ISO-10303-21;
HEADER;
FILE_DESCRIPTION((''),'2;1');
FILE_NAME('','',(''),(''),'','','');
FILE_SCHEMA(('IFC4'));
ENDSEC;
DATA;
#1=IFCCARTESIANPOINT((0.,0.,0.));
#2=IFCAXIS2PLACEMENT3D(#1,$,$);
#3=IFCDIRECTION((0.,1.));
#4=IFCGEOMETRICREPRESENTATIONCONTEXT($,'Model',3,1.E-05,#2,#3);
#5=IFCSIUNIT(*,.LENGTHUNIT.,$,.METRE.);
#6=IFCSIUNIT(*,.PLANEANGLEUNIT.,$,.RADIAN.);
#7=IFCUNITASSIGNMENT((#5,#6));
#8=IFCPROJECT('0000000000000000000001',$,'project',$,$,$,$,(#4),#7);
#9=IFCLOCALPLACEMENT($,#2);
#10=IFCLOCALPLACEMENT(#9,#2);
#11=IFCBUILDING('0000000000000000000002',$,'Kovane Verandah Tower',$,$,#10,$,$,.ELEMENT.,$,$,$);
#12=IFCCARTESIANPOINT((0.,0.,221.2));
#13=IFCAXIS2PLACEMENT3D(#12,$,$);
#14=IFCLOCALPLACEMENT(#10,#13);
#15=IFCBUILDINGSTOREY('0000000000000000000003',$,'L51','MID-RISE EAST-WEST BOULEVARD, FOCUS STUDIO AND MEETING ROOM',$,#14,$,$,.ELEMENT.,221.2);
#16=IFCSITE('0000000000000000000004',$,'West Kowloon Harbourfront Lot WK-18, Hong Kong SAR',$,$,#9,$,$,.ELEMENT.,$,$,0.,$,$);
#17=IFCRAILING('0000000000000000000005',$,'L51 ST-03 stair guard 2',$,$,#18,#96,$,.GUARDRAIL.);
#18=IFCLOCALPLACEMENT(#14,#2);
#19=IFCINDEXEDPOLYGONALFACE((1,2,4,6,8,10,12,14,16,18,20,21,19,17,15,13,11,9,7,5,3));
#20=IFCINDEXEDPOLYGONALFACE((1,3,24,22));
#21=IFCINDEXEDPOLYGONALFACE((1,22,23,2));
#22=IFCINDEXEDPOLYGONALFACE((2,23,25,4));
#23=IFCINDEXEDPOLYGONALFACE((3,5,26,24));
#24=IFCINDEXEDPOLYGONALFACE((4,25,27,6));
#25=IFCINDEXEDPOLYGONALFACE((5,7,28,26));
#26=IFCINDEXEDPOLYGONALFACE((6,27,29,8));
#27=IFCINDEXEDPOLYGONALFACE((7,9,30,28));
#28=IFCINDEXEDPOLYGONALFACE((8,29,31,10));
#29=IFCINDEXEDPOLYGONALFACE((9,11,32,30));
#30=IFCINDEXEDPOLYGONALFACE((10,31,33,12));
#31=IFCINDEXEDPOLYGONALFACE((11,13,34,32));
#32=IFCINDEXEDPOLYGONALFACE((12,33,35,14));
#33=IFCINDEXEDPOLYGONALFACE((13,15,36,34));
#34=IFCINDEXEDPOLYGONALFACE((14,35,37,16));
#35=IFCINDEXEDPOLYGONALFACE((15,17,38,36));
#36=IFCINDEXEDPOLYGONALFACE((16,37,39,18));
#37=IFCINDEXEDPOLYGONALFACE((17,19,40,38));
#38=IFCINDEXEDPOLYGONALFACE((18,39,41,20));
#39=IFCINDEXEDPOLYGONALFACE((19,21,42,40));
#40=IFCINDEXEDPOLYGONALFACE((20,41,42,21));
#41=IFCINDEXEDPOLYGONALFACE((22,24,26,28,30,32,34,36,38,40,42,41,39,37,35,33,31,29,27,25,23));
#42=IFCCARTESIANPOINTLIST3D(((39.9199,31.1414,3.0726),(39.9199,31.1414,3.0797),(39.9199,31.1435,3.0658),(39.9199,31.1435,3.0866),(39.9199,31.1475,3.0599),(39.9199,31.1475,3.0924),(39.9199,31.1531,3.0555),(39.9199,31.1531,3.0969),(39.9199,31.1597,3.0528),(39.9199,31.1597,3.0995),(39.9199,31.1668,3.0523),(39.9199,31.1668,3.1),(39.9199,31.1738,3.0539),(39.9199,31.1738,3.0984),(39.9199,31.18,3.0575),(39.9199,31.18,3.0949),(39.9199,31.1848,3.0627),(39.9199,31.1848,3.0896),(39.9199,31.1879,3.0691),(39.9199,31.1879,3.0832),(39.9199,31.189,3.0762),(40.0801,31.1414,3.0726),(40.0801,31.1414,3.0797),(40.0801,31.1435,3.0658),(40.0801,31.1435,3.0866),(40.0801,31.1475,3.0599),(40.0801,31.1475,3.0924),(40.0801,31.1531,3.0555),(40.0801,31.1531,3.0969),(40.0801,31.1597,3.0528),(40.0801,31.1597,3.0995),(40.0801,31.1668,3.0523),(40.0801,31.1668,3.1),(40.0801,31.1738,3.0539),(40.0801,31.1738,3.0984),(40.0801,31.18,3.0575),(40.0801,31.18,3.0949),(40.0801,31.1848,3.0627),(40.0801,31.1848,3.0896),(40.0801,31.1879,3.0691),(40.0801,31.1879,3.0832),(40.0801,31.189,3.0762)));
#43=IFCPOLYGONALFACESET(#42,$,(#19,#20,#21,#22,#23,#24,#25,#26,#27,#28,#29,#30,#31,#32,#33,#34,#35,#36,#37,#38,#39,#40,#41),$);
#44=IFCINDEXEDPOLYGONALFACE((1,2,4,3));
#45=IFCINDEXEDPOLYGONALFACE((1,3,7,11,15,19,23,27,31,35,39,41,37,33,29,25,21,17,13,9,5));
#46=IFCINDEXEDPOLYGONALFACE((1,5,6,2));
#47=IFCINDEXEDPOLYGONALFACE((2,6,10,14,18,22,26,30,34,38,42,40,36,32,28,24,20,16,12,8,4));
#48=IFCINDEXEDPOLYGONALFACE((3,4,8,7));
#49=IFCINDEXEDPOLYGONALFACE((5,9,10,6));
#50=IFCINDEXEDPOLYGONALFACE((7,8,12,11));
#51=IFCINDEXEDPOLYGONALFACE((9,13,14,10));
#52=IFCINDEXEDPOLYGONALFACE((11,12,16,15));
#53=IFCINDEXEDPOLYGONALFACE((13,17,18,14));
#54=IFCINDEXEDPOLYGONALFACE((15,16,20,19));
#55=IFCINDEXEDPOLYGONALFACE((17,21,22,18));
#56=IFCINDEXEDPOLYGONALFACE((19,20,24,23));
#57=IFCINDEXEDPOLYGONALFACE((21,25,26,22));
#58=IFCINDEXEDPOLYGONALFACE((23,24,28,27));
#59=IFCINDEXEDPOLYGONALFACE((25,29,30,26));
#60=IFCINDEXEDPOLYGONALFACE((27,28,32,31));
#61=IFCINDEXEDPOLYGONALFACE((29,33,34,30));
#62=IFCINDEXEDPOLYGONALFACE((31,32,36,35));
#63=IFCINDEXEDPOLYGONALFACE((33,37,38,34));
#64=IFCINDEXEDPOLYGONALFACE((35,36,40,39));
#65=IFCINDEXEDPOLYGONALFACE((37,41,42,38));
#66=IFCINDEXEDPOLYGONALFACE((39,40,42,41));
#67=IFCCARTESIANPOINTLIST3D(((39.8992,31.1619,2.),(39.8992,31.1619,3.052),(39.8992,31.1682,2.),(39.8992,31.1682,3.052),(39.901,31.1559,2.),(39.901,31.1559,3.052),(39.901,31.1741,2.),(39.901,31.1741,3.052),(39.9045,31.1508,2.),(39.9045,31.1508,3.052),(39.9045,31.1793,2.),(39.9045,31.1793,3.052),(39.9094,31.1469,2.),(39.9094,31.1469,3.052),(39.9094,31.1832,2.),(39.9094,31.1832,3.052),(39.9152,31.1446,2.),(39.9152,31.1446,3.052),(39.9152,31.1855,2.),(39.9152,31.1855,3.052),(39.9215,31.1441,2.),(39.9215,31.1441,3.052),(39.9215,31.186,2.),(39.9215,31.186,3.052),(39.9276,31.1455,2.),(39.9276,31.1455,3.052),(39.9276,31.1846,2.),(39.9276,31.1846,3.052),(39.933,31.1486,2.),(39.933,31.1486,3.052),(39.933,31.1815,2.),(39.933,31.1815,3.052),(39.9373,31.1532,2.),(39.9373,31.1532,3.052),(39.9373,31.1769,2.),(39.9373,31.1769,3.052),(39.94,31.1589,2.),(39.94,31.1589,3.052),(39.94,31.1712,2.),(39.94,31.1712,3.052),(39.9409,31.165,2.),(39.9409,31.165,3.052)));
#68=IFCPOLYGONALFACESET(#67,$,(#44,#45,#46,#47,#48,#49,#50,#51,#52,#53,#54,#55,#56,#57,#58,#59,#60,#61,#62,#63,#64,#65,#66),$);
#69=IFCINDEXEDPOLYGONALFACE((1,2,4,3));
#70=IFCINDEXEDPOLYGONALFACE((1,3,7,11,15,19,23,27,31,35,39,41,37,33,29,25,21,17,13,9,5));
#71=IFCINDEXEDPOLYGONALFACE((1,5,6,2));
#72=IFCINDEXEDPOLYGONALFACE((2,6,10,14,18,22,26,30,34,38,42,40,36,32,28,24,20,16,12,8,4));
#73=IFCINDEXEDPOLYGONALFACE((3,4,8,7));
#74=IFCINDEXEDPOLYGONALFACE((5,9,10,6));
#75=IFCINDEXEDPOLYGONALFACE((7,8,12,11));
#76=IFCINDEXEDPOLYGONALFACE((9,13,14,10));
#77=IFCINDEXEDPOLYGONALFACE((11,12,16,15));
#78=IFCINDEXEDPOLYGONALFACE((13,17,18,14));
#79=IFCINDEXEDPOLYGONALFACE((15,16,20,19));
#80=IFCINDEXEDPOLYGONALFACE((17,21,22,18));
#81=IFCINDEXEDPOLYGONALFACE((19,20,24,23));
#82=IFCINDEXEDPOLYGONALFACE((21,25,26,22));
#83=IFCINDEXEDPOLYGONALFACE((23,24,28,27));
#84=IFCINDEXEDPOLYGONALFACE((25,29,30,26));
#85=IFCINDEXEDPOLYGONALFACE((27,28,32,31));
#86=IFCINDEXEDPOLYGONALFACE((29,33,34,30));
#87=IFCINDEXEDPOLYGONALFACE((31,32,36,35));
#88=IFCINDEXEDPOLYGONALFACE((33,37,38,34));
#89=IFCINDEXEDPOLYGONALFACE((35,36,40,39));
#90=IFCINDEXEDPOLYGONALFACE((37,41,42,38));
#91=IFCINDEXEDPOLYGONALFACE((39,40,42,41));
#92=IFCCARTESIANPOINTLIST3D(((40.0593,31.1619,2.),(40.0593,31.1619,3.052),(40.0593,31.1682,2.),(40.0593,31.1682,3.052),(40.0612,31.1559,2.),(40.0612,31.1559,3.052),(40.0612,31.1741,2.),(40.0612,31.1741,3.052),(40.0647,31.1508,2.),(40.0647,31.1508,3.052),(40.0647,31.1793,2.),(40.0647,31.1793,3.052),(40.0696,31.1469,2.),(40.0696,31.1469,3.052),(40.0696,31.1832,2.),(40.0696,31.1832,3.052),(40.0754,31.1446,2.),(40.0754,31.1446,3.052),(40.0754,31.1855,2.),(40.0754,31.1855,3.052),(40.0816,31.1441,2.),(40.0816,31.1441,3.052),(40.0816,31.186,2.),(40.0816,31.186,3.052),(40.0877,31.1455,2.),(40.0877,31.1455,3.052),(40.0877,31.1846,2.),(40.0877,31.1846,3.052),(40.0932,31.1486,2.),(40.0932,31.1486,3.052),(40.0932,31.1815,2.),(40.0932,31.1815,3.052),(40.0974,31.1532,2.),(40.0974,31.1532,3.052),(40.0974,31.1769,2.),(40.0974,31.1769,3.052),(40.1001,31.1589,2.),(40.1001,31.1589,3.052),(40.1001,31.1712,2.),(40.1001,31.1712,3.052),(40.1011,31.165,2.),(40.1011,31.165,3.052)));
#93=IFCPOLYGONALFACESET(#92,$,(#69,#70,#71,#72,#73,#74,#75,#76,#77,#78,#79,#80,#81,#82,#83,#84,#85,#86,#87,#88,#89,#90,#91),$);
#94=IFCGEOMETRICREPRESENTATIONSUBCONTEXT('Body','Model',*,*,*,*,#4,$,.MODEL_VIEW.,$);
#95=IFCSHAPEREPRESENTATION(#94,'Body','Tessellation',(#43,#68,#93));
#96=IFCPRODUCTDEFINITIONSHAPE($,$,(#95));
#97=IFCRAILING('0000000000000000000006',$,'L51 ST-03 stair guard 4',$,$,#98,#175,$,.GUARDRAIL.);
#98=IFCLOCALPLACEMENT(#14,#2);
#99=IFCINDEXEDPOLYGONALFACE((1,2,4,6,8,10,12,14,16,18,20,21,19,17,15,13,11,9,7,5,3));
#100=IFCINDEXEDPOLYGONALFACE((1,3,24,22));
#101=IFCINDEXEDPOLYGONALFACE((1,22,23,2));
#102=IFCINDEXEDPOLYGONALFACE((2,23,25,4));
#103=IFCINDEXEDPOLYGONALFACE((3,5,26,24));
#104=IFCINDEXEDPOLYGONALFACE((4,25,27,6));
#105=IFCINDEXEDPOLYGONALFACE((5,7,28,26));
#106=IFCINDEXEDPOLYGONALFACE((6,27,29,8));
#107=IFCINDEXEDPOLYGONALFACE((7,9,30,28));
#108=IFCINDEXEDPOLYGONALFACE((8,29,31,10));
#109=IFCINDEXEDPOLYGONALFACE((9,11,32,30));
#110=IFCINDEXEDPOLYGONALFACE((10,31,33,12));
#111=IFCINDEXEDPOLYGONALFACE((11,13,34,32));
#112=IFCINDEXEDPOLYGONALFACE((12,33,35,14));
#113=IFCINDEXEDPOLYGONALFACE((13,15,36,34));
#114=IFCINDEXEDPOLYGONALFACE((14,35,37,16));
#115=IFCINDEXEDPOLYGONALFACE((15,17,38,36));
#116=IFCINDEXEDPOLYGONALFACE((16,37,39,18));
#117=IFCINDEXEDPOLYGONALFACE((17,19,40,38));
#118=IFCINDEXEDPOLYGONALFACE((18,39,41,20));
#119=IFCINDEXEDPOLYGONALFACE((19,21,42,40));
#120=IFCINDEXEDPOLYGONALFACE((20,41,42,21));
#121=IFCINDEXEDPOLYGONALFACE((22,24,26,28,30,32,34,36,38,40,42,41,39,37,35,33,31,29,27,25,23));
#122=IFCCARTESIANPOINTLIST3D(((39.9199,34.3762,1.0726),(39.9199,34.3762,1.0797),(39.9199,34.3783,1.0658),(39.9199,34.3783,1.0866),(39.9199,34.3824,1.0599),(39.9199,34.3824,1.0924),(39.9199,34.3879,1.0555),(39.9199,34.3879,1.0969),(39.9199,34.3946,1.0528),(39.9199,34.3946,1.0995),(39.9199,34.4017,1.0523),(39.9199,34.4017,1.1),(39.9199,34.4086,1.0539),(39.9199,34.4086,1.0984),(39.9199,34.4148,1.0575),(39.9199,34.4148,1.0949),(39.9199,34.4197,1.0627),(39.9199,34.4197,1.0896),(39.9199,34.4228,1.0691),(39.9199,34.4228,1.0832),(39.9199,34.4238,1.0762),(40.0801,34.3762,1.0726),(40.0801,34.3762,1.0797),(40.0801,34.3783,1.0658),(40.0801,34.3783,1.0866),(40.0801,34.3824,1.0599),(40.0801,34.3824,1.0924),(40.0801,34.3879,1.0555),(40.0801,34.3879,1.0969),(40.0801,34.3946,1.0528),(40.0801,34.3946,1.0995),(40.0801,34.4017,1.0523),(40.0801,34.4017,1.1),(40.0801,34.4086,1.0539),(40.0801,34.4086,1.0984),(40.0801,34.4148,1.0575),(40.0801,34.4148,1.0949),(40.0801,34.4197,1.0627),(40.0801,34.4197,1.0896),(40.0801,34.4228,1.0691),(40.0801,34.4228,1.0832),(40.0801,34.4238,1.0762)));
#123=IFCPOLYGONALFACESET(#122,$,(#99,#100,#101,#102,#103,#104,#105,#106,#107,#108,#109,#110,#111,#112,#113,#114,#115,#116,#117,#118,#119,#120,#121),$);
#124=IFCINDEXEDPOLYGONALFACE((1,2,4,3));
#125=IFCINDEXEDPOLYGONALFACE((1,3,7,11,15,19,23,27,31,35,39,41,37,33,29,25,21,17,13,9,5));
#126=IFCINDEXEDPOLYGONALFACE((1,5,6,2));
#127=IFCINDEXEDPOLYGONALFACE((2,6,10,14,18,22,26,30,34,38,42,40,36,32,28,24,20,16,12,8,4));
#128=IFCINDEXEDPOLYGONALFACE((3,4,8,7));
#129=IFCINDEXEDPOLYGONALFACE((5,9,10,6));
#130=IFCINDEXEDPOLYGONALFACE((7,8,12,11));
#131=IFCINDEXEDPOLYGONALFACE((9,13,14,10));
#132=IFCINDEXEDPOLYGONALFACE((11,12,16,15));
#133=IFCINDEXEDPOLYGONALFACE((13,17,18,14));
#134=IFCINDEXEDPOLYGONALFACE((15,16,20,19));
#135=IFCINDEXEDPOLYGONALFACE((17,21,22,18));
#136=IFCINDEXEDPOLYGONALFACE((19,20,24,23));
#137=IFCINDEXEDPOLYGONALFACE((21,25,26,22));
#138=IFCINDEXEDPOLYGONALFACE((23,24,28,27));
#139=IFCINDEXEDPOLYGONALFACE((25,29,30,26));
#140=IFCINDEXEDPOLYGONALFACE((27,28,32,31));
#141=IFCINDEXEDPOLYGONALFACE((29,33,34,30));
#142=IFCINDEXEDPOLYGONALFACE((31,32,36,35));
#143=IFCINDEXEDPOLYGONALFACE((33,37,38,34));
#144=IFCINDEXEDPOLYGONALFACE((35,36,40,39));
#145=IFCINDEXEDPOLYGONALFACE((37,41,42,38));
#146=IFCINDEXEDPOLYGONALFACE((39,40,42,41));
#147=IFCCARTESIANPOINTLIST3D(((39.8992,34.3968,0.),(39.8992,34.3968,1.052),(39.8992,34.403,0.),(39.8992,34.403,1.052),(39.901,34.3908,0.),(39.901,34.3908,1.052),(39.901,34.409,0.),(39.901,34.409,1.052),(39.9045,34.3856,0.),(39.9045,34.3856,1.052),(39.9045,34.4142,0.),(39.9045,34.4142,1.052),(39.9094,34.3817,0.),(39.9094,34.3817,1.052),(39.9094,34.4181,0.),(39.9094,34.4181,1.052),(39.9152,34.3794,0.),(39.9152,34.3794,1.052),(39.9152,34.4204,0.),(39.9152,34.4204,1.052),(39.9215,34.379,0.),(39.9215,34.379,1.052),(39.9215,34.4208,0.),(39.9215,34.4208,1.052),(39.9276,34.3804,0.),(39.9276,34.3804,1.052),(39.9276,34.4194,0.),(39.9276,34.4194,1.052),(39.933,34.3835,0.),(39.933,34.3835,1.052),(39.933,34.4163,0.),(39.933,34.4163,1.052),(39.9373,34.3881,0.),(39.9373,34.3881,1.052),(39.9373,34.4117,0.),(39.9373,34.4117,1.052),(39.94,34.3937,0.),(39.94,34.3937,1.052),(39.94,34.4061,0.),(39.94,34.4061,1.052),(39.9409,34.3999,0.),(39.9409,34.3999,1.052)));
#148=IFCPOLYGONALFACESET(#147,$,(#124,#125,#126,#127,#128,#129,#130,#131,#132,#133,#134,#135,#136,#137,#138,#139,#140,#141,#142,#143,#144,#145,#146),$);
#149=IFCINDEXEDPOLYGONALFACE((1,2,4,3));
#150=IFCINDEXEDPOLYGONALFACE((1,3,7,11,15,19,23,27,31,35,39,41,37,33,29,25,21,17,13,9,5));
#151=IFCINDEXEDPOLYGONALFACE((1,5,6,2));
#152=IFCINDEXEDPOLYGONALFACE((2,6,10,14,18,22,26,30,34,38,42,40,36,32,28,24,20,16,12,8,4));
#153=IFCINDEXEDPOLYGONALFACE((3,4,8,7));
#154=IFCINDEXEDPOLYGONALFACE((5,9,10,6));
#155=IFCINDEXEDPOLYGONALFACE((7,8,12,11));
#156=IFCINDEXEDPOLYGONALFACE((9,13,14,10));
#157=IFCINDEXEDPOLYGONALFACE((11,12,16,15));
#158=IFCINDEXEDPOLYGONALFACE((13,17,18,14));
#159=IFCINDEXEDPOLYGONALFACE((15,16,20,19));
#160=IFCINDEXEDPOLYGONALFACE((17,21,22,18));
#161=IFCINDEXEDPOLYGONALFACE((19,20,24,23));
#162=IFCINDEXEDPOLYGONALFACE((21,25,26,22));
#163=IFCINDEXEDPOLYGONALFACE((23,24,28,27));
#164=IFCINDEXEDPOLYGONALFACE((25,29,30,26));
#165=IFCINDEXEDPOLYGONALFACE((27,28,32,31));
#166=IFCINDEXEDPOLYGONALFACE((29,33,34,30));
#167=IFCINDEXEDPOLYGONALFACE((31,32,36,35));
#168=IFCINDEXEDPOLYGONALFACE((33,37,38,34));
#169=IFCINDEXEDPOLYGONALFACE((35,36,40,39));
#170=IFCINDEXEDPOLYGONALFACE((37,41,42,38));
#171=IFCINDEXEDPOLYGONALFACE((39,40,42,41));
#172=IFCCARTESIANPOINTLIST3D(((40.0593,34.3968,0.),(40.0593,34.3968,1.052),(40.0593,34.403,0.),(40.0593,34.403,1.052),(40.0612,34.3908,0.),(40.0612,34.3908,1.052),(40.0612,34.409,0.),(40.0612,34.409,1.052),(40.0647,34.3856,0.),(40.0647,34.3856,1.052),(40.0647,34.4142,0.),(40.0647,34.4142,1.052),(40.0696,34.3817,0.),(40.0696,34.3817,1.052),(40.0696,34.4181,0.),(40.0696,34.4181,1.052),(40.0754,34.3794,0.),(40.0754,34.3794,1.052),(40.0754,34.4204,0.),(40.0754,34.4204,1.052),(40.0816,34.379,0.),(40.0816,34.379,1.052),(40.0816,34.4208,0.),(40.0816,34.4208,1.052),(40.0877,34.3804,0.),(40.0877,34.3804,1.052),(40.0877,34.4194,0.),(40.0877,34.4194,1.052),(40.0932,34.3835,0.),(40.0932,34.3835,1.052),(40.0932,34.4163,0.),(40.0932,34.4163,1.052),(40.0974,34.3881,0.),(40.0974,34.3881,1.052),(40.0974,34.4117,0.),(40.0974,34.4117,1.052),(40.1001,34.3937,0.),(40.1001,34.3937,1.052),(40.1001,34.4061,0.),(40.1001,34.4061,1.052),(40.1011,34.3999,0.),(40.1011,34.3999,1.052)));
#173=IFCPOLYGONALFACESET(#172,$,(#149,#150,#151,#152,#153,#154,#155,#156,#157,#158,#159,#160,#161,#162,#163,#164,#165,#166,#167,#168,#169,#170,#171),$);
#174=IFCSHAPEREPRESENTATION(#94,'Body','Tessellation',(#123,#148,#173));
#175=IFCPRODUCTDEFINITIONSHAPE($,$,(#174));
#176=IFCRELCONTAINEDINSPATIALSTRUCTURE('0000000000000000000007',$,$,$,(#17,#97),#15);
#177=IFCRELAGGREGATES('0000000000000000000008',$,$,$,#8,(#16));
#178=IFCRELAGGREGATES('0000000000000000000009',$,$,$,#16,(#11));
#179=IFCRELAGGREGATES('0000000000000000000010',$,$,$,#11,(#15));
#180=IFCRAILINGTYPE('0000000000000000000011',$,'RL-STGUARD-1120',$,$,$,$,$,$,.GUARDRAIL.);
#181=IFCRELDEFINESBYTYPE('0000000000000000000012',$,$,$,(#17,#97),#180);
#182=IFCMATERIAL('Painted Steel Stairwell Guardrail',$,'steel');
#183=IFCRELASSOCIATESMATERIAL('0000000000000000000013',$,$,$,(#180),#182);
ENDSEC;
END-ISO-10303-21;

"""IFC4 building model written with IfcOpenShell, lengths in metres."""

from ifc_helpers import new_model, si_unit, direction, frame, origin, origin_2d, place, context, subcontext, project, spatial, circle, extrude, material, type_object, element, save


model = new_model("IFC4")

# Units and contexts
model_context = context("Model", 3, precision=1e-05, world=origin(), true_north=direction((0.0, 1.0)))
body_context = subcontext(model_context, "Body", "Model", "MODEL_VIEW")
ifc_project = project(units=[si_unit("LENGTHUNIT", "METRE"), si_unit("PLANEANGLEUNIT", "RADIAN")], contexts=[model_context])

# Site, building, storey
site_placement = place(None, origin())
site = spatial("IfcSite", under=ifc_project, at=site_placement, Name="West Kowloon Harbourfront Lot WK-18, Hong Kong SAR", CompositionType="ELEMENT", RefElevation=0.0)
building_placement = place(site_placement, origin())
building = spatial("IfcBuilding", under=site, at=building_placement, Name="Kovane Verandah Tower", CompositionType="ELEMENT")
storey_placement = place(building_placement, frame((0.0, 0.0, 221.2)))
storey = spatial("IfcBuildingStorey", under=building, at=storey_placement, Name="L51", Description="MID-RISE EAST-WEST BOULEVARD, FOCUS STUDIO AND MEETING ROOM", CompositionType="ELEMENT", Elevation=221.2)

# Railings
ifc_material_1 = material(Name="Painted Steel Stairwell Guardrail", Category="steel")
railing_type_1 = type_object("IfcRailingType", Name="RL-STGUARD-1120", PredefinedType="GUARDRAIL", material=ifc_material_1)
for number, where, name in (
    (1, (39.9199, 31.165, 2.0), "L51 ST-03 stair guard 2"),
    (2, (39.9199, 34.3999, 0.0), "L51 ST-03 stair guard 4"),
):
    element("IfcRailing", number, at=place(storey_placement, frame(where)), inside=storey, type_object=railing_type_1, Name=name, PredefinedType="GUARDRAIL", context=body_context, shape_type="SweptSolid", body=[
        extrude(circle(Radius=0.0239, at=origin_2d()), frame((0.0, 0.0, 1.0762), z_axis=(1.0, 0.0, 0.0), x_axis=(0.0, 1.0, 0.0)), (0.0, 0.0, 1.0), 0.1602),
        extrude(circle(Radius=0.021, at=origin_2d()), origin(), (0.0, 0.0, 1.0), 1.052),
        extrude(circle(Radius=0.021, at=origin_2d()), frame((0.1602, 0.0, 0.0)), (0.0, 0.0, 1.0), 1.052),
    ])

save(model, "model.ifc")
